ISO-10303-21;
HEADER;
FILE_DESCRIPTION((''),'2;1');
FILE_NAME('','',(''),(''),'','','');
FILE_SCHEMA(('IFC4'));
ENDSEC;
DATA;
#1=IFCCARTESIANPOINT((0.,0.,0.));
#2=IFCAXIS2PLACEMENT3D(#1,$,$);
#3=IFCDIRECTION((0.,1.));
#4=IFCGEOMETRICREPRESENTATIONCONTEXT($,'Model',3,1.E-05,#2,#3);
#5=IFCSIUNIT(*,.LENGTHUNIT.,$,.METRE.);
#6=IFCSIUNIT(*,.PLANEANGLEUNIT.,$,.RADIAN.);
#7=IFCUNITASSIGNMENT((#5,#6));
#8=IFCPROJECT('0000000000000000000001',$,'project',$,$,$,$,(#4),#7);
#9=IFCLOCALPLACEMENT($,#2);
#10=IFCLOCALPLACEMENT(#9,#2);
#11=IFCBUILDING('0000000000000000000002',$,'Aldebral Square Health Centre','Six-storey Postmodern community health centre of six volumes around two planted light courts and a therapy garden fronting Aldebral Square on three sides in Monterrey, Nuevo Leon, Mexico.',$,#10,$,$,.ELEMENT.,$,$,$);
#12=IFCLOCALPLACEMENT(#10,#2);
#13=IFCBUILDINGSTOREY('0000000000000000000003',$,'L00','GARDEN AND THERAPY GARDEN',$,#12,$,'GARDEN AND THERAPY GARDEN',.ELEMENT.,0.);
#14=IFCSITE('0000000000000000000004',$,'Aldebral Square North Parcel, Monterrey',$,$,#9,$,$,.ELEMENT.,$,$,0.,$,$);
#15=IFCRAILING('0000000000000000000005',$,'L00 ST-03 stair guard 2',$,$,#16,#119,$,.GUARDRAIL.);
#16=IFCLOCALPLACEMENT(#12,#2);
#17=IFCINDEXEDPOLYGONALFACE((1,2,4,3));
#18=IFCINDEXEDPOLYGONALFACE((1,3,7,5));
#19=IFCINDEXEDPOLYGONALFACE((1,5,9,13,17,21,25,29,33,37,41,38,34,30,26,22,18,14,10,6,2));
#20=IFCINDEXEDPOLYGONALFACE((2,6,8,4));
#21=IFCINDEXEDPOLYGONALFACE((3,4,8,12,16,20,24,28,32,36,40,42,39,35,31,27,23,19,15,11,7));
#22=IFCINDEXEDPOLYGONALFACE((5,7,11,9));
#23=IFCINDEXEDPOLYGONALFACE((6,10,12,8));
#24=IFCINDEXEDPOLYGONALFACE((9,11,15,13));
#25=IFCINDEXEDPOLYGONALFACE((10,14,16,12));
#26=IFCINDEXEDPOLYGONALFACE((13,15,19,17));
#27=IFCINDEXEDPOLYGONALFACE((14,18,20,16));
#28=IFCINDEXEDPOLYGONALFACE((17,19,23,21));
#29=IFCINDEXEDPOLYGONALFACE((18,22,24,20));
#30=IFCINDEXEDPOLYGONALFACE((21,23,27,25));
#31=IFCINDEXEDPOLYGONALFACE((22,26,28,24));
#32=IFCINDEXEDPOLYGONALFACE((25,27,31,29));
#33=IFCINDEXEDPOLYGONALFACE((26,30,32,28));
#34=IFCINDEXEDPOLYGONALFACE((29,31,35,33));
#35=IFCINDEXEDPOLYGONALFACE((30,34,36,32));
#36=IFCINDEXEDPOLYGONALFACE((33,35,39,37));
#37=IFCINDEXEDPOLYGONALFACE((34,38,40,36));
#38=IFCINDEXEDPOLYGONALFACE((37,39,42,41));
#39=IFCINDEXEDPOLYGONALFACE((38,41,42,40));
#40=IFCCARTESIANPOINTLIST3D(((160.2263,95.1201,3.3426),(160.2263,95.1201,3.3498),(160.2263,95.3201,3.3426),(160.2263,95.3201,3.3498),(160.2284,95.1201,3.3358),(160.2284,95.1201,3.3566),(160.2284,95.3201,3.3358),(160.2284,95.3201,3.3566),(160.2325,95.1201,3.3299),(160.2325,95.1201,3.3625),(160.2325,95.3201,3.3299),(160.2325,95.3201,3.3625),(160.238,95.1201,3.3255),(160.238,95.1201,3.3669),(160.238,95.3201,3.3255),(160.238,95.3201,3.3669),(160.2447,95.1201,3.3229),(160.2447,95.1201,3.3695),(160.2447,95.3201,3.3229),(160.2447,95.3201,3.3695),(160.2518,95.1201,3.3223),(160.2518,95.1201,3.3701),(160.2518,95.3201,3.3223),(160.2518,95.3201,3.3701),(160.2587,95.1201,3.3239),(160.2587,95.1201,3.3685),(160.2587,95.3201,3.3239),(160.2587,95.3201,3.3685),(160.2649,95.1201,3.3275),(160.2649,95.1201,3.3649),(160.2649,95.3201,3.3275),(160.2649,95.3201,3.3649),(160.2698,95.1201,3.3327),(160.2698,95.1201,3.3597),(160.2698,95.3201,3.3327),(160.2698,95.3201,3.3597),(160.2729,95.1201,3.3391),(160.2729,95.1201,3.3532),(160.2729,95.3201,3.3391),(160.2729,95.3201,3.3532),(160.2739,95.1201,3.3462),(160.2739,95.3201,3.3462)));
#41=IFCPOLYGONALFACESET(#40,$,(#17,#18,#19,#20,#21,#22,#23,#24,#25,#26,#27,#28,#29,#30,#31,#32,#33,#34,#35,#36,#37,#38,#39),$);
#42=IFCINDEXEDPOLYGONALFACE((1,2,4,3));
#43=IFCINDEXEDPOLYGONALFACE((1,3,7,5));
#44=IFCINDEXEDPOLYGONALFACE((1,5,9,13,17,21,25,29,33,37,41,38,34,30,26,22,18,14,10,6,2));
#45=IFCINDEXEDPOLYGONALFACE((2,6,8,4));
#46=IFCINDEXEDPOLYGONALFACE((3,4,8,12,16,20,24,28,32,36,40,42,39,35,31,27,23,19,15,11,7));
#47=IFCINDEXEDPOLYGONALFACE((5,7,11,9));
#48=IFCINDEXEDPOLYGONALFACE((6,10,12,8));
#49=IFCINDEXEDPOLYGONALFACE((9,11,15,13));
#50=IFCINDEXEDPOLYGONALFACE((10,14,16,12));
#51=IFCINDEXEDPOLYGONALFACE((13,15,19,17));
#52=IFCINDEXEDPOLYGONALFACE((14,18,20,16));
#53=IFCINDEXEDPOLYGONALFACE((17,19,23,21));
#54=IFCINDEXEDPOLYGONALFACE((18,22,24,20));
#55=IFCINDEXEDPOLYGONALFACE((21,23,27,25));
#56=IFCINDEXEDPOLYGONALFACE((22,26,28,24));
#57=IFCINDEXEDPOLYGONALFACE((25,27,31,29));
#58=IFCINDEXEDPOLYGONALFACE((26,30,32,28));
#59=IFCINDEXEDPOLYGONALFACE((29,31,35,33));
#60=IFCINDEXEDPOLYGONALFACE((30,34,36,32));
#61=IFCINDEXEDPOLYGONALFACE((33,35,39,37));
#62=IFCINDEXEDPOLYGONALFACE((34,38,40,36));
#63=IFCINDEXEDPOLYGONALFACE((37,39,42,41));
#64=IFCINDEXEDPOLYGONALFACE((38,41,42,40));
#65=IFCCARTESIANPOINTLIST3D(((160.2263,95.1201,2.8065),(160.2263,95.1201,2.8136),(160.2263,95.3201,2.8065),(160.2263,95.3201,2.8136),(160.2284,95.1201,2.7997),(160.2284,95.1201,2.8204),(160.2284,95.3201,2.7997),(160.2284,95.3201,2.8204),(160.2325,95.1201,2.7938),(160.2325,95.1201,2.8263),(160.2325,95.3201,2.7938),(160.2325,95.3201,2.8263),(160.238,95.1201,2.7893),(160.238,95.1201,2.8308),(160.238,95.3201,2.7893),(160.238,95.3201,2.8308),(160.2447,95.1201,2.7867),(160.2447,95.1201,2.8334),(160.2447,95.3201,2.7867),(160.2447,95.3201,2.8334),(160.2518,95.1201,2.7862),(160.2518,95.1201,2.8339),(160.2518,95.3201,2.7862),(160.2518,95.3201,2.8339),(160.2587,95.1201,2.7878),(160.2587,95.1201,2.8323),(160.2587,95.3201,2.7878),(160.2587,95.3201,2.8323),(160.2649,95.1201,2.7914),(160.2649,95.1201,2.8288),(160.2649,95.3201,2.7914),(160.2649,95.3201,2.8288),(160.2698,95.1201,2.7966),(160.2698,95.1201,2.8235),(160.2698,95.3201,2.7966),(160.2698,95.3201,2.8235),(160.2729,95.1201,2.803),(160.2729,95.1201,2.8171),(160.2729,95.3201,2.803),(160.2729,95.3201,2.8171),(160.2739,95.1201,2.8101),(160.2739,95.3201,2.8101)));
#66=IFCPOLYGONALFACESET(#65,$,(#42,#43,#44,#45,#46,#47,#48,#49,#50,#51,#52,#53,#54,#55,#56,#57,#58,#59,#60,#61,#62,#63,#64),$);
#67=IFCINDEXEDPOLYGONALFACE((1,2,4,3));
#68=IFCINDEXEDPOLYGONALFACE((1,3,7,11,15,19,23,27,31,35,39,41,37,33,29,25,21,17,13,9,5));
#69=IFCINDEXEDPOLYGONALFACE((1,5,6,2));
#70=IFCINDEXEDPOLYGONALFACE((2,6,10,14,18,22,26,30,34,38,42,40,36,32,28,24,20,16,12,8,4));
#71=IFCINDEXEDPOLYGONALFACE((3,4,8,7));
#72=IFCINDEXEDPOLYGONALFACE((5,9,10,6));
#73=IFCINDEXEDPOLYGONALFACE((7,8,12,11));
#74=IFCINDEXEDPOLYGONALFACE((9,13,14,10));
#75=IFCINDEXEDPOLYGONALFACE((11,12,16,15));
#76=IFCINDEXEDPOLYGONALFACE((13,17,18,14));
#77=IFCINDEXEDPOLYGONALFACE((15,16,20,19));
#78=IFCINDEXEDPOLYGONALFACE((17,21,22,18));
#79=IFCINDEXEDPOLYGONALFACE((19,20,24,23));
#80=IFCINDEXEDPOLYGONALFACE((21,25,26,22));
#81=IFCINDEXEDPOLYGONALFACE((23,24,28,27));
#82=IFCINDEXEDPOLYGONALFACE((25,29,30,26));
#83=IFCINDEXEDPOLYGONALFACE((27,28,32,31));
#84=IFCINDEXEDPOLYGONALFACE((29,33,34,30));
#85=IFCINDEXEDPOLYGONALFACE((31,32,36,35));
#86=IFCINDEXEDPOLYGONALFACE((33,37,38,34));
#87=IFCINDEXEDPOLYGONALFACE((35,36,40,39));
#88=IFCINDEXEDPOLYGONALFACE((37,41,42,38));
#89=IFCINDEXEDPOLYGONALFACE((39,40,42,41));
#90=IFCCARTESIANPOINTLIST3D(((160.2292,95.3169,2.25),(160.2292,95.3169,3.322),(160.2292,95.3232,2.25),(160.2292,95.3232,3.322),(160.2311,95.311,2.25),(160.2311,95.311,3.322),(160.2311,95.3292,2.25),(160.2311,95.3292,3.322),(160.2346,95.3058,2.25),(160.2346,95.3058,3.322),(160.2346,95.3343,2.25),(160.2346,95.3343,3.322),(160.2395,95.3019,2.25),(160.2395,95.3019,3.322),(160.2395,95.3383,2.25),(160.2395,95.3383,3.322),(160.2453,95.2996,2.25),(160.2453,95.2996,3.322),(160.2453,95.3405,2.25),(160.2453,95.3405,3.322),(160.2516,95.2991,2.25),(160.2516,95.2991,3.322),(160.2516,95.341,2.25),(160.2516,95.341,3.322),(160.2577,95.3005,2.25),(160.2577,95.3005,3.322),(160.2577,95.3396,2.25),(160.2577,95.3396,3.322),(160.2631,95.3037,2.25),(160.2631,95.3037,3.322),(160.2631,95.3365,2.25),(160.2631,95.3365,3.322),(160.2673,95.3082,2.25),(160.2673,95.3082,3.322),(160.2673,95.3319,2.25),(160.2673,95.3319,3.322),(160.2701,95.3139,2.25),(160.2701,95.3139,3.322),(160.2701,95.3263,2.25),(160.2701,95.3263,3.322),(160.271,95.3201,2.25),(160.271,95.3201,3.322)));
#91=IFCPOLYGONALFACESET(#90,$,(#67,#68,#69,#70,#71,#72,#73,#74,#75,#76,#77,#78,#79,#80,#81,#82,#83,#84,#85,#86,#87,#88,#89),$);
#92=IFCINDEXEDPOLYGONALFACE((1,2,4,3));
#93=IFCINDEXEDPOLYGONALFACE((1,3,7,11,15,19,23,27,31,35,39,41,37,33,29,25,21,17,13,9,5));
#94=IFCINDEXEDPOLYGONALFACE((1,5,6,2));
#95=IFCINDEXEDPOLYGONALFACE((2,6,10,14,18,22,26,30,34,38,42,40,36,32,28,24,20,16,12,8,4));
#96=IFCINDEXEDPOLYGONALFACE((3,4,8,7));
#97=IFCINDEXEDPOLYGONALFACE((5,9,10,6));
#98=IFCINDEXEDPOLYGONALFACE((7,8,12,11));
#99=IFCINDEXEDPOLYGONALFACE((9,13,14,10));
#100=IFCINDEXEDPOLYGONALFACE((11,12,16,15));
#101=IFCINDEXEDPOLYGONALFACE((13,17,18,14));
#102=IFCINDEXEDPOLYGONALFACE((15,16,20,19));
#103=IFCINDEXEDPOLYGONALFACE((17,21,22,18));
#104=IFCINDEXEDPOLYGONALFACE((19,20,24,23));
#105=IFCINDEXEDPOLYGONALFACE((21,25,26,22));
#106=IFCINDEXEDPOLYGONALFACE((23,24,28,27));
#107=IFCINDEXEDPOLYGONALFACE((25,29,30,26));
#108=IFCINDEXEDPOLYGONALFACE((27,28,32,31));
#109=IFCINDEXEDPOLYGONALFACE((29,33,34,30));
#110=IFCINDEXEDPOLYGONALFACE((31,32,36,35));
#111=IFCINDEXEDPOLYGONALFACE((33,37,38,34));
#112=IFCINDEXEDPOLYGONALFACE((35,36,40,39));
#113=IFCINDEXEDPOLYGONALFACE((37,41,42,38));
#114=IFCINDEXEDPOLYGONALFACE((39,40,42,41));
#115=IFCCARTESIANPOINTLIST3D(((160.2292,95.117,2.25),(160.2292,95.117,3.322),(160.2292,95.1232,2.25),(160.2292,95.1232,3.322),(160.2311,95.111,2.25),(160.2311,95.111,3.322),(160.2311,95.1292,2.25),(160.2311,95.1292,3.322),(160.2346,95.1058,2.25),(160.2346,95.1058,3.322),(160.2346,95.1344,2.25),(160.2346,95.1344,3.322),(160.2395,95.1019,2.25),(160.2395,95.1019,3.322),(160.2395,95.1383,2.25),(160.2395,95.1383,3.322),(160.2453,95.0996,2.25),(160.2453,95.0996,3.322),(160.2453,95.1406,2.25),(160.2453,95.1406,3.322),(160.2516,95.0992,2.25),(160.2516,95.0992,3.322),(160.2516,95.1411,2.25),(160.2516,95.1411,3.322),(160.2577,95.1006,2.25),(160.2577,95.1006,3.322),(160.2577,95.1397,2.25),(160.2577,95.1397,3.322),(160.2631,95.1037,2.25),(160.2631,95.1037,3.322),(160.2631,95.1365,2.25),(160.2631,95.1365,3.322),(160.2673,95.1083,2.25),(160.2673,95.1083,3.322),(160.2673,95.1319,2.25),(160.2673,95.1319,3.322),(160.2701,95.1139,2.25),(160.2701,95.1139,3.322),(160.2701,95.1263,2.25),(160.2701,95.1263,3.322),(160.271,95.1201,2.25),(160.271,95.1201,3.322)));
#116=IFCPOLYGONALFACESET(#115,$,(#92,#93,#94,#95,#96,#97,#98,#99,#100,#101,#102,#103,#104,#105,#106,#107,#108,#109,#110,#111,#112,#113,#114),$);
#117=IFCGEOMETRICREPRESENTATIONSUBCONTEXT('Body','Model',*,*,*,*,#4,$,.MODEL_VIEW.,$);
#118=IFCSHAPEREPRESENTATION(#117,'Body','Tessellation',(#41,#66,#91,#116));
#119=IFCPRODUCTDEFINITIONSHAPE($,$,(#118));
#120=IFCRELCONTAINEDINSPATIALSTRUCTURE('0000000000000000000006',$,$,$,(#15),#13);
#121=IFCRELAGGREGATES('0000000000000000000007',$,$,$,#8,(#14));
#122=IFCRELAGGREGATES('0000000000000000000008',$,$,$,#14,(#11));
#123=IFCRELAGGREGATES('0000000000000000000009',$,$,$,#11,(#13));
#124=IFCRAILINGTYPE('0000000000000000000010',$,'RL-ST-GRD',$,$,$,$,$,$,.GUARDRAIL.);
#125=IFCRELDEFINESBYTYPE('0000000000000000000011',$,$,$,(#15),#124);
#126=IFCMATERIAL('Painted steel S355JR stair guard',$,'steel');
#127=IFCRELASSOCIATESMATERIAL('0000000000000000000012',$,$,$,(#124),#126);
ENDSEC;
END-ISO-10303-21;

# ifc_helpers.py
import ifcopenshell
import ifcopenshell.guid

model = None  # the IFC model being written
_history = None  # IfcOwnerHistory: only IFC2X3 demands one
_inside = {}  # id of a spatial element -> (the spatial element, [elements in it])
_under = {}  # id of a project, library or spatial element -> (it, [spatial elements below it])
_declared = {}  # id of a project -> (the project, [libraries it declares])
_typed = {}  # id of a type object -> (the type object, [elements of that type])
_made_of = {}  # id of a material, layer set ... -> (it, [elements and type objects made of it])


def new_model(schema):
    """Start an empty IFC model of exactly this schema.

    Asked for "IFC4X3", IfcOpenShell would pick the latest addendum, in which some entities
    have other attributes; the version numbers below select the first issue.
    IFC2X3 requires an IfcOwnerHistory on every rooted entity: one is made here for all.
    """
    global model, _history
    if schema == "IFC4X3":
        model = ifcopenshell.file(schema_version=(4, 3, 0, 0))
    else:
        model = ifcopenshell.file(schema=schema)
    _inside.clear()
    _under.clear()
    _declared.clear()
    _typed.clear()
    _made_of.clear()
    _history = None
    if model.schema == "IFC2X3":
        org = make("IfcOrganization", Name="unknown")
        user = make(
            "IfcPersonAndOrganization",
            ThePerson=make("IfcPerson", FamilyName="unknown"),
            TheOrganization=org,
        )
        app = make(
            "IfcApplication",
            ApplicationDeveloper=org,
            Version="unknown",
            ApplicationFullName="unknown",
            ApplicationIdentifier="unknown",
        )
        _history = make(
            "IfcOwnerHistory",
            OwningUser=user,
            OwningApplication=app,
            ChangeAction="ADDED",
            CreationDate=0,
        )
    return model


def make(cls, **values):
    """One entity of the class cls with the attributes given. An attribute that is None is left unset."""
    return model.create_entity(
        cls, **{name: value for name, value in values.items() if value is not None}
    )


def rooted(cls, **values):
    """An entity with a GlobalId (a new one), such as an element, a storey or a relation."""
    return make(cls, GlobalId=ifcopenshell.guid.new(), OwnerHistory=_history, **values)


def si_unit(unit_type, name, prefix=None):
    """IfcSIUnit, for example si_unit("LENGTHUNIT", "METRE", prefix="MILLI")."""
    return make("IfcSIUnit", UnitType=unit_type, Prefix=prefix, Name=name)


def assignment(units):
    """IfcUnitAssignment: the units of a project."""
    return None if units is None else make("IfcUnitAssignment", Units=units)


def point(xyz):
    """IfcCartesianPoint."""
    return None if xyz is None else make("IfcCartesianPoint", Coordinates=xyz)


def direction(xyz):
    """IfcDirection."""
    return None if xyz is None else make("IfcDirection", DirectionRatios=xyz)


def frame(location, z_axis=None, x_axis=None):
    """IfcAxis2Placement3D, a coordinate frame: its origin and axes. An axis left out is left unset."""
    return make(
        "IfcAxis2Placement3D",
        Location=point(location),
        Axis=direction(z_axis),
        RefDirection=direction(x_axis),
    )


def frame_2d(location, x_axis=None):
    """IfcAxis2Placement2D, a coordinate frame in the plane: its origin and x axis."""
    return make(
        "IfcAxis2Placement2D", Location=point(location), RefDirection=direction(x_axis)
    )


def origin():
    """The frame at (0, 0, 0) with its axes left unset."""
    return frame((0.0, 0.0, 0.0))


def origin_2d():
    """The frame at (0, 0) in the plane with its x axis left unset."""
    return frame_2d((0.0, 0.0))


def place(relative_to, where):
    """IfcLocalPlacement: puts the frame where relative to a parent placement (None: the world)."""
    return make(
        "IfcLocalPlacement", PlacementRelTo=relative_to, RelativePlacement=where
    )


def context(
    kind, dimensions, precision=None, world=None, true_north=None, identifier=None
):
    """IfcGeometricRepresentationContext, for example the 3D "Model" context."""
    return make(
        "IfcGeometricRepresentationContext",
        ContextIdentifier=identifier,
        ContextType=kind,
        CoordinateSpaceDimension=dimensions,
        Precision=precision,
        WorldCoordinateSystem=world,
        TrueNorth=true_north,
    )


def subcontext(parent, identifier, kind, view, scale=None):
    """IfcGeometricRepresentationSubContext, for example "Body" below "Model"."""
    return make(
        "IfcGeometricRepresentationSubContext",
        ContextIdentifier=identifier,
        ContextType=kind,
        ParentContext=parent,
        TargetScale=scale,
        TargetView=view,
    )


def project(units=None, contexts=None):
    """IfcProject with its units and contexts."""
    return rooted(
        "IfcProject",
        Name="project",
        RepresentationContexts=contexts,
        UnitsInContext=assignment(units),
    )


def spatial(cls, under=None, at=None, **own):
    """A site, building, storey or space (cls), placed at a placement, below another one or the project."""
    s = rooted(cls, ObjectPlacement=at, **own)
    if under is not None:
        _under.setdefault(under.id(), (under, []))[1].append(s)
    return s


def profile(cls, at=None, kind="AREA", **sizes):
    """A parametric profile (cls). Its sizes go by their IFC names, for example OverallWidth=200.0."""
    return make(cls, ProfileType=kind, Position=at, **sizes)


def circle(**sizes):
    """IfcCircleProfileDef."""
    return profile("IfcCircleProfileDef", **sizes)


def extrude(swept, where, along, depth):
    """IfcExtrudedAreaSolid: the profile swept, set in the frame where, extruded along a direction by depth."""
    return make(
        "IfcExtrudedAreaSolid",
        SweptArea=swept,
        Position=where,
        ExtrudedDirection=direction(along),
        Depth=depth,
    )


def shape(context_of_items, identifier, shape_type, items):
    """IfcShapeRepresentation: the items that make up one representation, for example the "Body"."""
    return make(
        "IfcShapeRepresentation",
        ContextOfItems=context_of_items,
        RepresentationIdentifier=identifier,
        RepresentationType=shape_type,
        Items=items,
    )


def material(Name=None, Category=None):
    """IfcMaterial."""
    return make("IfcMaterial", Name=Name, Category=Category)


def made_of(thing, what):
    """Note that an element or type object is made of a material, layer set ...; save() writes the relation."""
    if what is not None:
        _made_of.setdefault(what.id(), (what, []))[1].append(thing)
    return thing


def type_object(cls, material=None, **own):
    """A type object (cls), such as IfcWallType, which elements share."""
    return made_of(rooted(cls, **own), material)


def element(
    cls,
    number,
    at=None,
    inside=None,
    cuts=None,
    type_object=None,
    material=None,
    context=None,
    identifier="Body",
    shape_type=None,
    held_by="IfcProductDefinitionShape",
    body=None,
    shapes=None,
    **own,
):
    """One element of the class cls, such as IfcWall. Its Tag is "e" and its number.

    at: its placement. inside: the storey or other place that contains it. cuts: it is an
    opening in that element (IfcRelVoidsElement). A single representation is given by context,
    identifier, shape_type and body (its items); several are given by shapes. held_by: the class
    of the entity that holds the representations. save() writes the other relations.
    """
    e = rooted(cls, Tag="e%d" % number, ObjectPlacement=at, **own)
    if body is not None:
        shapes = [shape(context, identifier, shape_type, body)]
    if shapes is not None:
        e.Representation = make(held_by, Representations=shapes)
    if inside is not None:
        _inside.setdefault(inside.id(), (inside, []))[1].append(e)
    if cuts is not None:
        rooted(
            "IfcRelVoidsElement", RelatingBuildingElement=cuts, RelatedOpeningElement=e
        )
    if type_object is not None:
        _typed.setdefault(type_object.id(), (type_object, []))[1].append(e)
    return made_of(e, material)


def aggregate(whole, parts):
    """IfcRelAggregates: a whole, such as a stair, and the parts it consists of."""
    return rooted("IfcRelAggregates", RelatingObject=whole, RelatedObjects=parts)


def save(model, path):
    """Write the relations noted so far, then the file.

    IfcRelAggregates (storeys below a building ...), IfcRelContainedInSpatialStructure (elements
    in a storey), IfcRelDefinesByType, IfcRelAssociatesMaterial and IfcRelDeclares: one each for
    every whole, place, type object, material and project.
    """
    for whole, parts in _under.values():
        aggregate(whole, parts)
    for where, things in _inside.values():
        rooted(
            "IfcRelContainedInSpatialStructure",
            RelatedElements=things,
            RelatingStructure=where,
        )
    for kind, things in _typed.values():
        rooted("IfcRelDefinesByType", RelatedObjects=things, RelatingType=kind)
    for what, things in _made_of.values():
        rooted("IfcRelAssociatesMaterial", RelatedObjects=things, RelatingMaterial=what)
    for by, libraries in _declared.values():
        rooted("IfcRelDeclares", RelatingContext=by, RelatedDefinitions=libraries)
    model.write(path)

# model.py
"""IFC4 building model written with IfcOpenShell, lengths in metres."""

from ifc_helpers import new_model, si_unit, direction, frame, origin, origin_2d, place, context, subcontext, project, spatial, circle, extrude, material, type_object, element, save


model = new_model("IFC4")

# Units and contexts
model_context = context("Model", 3, precision=1e-05, world=origin(), true_north=direction((0.0, 1.0)))
body_context = subcontext(model_context, "Body", "Model", "MODEL_VIEW")
ifc_project = project(units=[si_unit("LENGTHUNIT", "METRE"), si_unit("PLANEANGLEUNIT", "RADIAN")], contexts=[model_context])

# Site, building, storey
site_placement = place(None, origin())
site = spatial("IfcSite", under=ifc_project, at=site_placement, Name="Aldebral Square North Parcel, Monterrey", CompositionType="ELEMENT", RefElevation=0.0)
building_placement = place(site_placement, origin())
building = spatial("IfcBuilding", under=site, at=building_placement, Name="Aldebral Square Health Centre", Description="Six-storey Postmodern community health centre of six volumes around two planted light courts and a therapy garden fronting Aldebral Square on three sides in Monterrey, Nuevo Leon, Mexico.", CompositionType="ELEMENT")
storey_placement = place(building_placement, origin())
storey = spatial("IfcBuildingStorey", under=building, at=storey_placement, Name="L00", Description="GARDEN AND THERAPY GARDEN", LongName="GARDEN AND THERAPY GARDEN", CompositionType="ELEMENT", Elevation=0.0)

# Railing
ifc_material_1 = material(Name="Painted steel S355JR stair guard", Category="steel")
railing_type_1 = type_object("IfcRailingType", Name="RL-ST-GRD", PredefinedType="GUARDRAIL", material=ifc_material_1)
railing_1_placement = place(storey_placement, frame((160.25, 95.3201, 2.25)))
element("IfcRailing", 1, at=railing_1_placement, inside=storey, type_object=railing_type_1, Name="L00 ST-03 stair guard 2", PredefinedType="GUARDRAIL", context=body_context, shape_type="SweptSolid", body=[
    extrude(circle(Radius=0.0239, at=origin_2d()), frame((0.0, 0.0, 1.0962), z_axis=(0.0, -1.0, 0.0), x_axis=(1.0, 0.0, 0.0)), (0.0, 0.0, 1.0), 0.2),
    extrude(circle(Radius=0.0239, at=origin_2d()), frame((0.0, 0.0, 0.5601), z_axis=(0.0, -1.0, 0.0), x_axis=(1.0, 0.0, 0.0)), (0.0, 0.0, 1.0), 0.2),
    extrude(circle(Radius=0.021, at=origin_2d()), origin(), (0.0, 0.0, 1.0), 1.072),
    extrude(circle(Radius=0.021, at=origin_2d()), frame((0.0, -0.2, 0.0)), (0.0, 0.0, 1.0), 1.072),
])

save(model, "model.ifc")
